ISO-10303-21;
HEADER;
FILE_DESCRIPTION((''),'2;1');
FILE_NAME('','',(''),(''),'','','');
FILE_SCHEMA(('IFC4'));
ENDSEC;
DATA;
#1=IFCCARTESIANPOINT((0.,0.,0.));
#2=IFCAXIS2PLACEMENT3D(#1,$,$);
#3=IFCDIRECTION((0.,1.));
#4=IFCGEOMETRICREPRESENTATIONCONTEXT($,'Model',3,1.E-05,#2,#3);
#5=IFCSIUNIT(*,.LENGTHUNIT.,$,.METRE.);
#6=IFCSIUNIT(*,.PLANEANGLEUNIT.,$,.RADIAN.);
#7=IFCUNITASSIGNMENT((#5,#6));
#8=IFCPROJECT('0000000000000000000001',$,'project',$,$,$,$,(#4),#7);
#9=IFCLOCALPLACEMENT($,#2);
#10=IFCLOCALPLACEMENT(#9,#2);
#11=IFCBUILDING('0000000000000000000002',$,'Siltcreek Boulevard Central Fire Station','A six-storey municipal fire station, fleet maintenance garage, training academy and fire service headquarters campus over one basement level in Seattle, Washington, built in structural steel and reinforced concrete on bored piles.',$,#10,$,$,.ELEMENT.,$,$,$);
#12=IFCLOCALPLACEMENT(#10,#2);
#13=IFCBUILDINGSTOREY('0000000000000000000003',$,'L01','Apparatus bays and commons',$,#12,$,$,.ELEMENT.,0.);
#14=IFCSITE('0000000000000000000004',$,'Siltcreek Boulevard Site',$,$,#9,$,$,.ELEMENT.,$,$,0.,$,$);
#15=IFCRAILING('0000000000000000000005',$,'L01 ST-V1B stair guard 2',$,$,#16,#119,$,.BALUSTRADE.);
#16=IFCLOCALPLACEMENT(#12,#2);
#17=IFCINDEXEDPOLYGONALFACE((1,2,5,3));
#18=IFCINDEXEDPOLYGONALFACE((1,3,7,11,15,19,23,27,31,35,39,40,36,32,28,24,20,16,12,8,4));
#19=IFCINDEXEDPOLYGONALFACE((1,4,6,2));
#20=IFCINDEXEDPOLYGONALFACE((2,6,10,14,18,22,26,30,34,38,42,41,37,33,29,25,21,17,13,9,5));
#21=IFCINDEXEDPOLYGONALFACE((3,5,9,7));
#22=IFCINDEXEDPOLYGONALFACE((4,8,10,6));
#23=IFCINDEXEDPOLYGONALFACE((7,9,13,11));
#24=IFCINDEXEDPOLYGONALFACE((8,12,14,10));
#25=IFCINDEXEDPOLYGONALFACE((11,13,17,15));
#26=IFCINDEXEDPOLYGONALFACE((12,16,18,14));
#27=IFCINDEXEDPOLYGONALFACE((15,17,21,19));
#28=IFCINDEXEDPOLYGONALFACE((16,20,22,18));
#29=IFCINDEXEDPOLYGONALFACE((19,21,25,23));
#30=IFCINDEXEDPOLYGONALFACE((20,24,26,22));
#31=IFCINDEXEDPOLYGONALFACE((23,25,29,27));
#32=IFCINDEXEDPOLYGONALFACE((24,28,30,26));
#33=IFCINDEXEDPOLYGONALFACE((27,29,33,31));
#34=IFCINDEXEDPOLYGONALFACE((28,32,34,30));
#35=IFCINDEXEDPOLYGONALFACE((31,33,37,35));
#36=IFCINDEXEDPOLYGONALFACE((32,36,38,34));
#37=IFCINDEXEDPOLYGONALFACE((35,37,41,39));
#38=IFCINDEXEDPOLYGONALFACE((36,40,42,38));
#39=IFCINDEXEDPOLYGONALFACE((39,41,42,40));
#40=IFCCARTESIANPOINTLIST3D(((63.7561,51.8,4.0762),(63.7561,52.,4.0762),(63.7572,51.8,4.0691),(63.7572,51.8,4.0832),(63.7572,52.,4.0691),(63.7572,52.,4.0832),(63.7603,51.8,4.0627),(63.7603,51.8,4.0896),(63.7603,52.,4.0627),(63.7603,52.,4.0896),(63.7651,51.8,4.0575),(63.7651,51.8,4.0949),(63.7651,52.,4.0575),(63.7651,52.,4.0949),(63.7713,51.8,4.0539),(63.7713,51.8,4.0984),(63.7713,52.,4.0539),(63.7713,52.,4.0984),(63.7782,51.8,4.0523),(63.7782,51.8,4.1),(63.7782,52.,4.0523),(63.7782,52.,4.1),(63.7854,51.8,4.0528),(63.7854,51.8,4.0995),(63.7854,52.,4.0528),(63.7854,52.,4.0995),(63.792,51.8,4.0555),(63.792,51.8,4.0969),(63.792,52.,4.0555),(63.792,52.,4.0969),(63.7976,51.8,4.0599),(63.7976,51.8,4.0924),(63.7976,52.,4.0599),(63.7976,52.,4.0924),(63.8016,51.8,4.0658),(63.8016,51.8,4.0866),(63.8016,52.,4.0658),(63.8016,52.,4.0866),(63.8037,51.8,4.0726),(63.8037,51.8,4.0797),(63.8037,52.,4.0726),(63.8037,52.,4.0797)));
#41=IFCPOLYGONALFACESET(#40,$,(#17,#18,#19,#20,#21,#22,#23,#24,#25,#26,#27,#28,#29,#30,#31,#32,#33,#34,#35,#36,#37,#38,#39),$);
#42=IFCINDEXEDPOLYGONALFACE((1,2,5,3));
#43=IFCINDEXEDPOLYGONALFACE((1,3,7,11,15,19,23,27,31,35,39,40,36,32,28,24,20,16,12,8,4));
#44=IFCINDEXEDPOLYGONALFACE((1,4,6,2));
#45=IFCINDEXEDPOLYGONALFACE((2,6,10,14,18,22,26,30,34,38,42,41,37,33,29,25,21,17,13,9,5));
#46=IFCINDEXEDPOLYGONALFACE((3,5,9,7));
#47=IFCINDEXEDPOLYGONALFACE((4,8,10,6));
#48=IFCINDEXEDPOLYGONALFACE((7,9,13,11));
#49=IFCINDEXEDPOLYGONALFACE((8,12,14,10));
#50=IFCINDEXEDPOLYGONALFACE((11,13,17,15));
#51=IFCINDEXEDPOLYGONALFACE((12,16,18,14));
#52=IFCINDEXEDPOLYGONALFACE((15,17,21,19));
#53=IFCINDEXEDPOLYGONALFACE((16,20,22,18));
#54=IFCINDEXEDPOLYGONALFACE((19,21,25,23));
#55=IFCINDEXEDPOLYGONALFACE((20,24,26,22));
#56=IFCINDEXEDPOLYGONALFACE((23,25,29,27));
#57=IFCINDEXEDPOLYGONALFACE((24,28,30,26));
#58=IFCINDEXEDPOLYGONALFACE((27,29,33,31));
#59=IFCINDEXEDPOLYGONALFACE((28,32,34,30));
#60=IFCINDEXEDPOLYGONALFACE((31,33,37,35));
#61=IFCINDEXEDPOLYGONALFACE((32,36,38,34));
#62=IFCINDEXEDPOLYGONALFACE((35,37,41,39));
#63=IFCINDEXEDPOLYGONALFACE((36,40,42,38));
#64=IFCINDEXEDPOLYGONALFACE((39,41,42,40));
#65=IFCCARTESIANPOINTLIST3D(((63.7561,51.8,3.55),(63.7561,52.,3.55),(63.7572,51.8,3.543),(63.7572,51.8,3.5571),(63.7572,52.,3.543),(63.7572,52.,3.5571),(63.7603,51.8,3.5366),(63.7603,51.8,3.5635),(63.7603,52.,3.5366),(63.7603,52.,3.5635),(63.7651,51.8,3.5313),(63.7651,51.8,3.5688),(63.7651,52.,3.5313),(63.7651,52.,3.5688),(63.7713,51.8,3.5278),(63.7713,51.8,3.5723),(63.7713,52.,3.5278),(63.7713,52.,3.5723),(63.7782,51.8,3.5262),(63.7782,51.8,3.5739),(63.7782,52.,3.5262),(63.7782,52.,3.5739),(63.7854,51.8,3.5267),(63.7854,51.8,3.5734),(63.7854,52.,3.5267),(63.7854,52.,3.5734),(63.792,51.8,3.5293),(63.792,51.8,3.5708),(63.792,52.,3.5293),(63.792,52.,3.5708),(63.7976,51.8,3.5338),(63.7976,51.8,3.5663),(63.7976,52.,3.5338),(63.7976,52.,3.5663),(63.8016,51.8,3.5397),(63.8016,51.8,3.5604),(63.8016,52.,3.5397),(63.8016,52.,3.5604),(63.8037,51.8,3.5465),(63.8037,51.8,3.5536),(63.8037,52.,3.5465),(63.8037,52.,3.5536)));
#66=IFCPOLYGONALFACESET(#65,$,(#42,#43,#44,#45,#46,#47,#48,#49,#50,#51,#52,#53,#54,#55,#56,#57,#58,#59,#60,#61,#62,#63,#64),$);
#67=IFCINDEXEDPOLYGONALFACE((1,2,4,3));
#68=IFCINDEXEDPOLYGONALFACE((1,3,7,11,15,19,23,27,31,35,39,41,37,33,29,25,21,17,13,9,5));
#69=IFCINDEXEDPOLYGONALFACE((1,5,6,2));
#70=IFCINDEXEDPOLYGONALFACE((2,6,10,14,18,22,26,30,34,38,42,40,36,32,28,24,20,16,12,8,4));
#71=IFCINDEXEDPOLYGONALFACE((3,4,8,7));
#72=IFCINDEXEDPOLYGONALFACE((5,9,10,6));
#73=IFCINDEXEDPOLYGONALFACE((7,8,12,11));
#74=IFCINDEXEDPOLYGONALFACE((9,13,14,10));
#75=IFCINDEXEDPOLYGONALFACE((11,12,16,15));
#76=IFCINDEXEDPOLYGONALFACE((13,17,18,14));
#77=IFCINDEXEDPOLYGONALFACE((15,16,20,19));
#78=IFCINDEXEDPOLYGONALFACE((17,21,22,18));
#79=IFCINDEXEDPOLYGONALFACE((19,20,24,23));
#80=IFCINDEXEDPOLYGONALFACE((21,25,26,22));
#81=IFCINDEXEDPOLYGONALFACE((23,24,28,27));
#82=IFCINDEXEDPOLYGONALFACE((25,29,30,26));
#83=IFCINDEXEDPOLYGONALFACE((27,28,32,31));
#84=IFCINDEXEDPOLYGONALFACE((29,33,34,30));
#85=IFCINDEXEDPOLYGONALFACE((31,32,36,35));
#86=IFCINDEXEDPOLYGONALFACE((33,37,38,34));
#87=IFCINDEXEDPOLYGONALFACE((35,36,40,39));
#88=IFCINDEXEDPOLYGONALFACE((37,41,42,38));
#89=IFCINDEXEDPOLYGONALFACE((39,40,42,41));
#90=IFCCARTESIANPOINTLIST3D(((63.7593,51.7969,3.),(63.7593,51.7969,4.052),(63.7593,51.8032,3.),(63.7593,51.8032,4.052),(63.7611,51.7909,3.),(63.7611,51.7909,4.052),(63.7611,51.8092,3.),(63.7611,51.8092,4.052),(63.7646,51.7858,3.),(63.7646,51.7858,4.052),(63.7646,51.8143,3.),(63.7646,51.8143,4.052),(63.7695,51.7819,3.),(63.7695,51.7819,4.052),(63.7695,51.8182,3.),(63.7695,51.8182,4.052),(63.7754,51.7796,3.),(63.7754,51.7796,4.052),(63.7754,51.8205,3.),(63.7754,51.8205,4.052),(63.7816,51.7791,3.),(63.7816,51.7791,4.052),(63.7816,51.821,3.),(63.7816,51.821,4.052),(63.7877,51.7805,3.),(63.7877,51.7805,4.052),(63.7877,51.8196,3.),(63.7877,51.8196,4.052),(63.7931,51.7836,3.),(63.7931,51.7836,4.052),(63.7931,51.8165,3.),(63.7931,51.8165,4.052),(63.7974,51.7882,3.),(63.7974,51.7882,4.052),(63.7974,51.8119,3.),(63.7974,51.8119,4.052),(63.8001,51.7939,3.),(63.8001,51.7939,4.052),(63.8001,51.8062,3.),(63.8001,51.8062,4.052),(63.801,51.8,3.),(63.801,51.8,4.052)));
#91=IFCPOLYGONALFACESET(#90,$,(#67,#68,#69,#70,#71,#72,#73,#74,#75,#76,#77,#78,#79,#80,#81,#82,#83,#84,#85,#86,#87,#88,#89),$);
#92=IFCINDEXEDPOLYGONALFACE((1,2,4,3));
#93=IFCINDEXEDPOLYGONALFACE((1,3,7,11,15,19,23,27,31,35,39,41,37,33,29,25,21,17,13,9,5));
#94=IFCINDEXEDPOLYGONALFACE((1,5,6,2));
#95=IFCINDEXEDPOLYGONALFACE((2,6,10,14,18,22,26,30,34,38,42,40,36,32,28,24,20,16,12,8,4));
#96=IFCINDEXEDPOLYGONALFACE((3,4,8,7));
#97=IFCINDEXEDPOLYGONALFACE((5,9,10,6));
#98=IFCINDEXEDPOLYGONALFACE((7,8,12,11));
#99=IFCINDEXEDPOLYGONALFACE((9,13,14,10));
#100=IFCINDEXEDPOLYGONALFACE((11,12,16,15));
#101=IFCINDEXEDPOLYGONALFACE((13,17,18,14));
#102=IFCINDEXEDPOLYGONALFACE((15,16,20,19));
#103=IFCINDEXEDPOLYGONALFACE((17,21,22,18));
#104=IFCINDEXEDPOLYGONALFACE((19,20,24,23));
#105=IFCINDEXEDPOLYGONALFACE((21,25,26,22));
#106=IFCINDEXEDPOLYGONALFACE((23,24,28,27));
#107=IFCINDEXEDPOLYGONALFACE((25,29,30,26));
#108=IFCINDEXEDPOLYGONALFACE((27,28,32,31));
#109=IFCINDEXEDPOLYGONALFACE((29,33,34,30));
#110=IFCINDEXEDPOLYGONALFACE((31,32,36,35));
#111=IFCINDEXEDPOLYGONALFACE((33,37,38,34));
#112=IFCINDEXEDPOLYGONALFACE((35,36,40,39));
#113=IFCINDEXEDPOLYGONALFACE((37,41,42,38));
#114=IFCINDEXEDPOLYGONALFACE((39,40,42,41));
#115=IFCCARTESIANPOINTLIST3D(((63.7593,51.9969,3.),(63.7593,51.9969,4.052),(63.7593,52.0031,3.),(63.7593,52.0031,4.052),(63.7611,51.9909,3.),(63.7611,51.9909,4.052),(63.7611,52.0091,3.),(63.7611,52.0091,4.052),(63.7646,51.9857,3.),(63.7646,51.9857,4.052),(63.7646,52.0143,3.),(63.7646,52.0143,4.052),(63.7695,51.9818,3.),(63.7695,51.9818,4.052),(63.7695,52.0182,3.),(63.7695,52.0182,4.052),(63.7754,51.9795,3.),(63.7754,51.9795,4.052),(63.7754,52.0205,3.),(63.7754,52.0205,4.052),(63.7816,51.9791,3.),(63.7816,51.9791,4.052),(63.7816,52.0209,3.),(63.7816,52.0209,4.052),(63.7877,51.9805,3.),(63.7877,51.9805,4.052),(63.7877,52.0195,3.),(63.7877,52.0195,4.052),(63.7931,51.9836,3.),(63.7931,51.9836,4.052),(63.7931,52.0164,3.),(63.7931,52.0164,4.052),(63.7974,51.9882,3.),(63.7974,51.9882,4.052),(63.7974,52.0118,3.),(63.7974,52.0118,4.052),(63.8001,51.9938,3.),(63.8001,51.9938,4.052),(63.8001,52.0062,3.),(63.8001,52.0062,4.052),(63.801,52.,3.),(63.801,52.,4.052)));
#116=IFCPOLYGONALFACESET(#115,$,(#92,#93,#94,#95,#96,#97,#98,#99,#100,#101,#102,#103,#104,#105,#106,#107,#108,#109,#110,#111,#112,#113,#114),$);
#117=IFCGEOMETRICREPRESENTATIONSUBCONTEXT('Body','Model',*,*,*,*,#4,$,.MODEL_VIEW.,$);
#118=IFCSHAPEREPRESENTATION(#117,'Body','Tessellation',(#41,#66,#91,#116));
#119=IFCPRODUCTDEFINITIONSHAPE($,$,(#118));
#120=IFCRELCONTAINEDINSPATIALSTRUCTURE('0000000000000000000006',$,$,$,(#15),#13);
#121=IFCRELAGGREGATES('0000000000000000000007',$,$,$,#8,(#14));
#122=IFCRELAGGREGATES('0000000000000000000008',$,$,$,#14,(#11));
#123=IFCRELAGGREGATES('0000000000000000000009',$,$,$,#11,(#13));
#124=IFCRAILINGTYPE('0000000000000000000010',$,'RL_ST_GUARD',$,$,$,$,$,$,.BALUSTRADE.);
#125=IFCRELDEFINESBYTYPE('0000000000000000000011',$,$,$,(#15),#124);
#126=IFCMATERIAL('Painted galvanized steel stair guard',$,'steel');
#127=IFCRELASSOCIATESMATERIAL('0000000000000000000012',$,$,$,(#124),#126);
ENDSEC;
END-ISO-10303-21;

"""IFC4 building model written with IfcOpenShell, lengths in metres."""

from ifc_helpers import new_model, si_unit, direction, frame, origin, origin_2d, place, context, subcontext, project, spatial, circle, extrude, material, type_object, element, save


model = new_model("IFC4")

# Units and contexts
model_context = context("Model", 3, precision=1e-05, world=origin(), true_north=direction((0.0, 1.0)))
body_context = subcontext(model_context, "Body", "Model", "MODEL_VIEW")
ifc_project = project(units=[si_unit("LENGTHUNIT", "METRE"), si_unit("PLANEANGLEUNIT", "RADIAN")], contexts=[model_context])

# Site, building, storey
site_placement = place(None, origin())
site = spatial("IfcSite", under=ifc_project, at=site_placement, Name="Siltcreek Boulevard Site", CompositionType="ELEMENT", RefElevation=0.0)
building_placement = place(site_placement, origin())
building = spatial("IfcBuilding", under=site, at=building_placement, Name="Siltcreek Boulevard Central Fire Station", Description="A six-storey municipal fire station, fleet maintenance garage, training academy and fire service headquarters campus over one basement level in Seattle, Washington, built in structural steel and reinforced concrete on bored piles.", CompositionType="ELEMENT")
storey_placement = place(building_placement, origin())
storey = spatial("IfcBuildingStorey", under=building, at=storey_placement, Name="L01", Description="Apparatus bays and commons", CompositionType="ELEMENT", Elevation=0.0)

# Railing
ifc_material_1 = material(Name="Painted galvanized steel stair guard", Category="steel")
railing_type_1 = type_object("IfcRailingType", Name="RL_ST_GUARD", PredefinedType="BALUSTRADE", material=ifc_material_1)
railing_1_placement = place(storey_placement, frame((63.78, 51.8, 3.0)))
element("IfcRailing", 1, at=railing_1_placement, inside=storey, type_object=railing_type_1, Name="L01 ST-V1B stair guard 2", PredefinedType="BALUSTRADE", context=body_context, shape_type="SweptSolid", body=[
    extrude(circle(Radius=0.0239, at=origin_2d()), frame((0.0, 0.0, 1.0762), z_axis=(0.0, 1.0, 0.0), x_axis=(-1.0, 0.0, 0.0)), (0.0, 0.0, 1.0), 0.2),
    extrude(circle(Radius=0.0239, at=origin_2d()), frame((0.0, 0.0, 0.55), z_axis=(0.0, 1.0, 0.0), x_axis=(-1.0, 0.0, 0.0)), (0.0, 0.0, 1.0), 0.2),
    extrude(circle(Radius=0.021, at=origin_2d()), origin(), (0.0, 0.0, 1.0), 1.052),
    extrude(circle(Radius=0.021, at=origin_2d()), frame((0.0, 0.2, 0.0)), (0.0, 0.0, 1.0), 1.052),
])

save(model, "model.ifc")
